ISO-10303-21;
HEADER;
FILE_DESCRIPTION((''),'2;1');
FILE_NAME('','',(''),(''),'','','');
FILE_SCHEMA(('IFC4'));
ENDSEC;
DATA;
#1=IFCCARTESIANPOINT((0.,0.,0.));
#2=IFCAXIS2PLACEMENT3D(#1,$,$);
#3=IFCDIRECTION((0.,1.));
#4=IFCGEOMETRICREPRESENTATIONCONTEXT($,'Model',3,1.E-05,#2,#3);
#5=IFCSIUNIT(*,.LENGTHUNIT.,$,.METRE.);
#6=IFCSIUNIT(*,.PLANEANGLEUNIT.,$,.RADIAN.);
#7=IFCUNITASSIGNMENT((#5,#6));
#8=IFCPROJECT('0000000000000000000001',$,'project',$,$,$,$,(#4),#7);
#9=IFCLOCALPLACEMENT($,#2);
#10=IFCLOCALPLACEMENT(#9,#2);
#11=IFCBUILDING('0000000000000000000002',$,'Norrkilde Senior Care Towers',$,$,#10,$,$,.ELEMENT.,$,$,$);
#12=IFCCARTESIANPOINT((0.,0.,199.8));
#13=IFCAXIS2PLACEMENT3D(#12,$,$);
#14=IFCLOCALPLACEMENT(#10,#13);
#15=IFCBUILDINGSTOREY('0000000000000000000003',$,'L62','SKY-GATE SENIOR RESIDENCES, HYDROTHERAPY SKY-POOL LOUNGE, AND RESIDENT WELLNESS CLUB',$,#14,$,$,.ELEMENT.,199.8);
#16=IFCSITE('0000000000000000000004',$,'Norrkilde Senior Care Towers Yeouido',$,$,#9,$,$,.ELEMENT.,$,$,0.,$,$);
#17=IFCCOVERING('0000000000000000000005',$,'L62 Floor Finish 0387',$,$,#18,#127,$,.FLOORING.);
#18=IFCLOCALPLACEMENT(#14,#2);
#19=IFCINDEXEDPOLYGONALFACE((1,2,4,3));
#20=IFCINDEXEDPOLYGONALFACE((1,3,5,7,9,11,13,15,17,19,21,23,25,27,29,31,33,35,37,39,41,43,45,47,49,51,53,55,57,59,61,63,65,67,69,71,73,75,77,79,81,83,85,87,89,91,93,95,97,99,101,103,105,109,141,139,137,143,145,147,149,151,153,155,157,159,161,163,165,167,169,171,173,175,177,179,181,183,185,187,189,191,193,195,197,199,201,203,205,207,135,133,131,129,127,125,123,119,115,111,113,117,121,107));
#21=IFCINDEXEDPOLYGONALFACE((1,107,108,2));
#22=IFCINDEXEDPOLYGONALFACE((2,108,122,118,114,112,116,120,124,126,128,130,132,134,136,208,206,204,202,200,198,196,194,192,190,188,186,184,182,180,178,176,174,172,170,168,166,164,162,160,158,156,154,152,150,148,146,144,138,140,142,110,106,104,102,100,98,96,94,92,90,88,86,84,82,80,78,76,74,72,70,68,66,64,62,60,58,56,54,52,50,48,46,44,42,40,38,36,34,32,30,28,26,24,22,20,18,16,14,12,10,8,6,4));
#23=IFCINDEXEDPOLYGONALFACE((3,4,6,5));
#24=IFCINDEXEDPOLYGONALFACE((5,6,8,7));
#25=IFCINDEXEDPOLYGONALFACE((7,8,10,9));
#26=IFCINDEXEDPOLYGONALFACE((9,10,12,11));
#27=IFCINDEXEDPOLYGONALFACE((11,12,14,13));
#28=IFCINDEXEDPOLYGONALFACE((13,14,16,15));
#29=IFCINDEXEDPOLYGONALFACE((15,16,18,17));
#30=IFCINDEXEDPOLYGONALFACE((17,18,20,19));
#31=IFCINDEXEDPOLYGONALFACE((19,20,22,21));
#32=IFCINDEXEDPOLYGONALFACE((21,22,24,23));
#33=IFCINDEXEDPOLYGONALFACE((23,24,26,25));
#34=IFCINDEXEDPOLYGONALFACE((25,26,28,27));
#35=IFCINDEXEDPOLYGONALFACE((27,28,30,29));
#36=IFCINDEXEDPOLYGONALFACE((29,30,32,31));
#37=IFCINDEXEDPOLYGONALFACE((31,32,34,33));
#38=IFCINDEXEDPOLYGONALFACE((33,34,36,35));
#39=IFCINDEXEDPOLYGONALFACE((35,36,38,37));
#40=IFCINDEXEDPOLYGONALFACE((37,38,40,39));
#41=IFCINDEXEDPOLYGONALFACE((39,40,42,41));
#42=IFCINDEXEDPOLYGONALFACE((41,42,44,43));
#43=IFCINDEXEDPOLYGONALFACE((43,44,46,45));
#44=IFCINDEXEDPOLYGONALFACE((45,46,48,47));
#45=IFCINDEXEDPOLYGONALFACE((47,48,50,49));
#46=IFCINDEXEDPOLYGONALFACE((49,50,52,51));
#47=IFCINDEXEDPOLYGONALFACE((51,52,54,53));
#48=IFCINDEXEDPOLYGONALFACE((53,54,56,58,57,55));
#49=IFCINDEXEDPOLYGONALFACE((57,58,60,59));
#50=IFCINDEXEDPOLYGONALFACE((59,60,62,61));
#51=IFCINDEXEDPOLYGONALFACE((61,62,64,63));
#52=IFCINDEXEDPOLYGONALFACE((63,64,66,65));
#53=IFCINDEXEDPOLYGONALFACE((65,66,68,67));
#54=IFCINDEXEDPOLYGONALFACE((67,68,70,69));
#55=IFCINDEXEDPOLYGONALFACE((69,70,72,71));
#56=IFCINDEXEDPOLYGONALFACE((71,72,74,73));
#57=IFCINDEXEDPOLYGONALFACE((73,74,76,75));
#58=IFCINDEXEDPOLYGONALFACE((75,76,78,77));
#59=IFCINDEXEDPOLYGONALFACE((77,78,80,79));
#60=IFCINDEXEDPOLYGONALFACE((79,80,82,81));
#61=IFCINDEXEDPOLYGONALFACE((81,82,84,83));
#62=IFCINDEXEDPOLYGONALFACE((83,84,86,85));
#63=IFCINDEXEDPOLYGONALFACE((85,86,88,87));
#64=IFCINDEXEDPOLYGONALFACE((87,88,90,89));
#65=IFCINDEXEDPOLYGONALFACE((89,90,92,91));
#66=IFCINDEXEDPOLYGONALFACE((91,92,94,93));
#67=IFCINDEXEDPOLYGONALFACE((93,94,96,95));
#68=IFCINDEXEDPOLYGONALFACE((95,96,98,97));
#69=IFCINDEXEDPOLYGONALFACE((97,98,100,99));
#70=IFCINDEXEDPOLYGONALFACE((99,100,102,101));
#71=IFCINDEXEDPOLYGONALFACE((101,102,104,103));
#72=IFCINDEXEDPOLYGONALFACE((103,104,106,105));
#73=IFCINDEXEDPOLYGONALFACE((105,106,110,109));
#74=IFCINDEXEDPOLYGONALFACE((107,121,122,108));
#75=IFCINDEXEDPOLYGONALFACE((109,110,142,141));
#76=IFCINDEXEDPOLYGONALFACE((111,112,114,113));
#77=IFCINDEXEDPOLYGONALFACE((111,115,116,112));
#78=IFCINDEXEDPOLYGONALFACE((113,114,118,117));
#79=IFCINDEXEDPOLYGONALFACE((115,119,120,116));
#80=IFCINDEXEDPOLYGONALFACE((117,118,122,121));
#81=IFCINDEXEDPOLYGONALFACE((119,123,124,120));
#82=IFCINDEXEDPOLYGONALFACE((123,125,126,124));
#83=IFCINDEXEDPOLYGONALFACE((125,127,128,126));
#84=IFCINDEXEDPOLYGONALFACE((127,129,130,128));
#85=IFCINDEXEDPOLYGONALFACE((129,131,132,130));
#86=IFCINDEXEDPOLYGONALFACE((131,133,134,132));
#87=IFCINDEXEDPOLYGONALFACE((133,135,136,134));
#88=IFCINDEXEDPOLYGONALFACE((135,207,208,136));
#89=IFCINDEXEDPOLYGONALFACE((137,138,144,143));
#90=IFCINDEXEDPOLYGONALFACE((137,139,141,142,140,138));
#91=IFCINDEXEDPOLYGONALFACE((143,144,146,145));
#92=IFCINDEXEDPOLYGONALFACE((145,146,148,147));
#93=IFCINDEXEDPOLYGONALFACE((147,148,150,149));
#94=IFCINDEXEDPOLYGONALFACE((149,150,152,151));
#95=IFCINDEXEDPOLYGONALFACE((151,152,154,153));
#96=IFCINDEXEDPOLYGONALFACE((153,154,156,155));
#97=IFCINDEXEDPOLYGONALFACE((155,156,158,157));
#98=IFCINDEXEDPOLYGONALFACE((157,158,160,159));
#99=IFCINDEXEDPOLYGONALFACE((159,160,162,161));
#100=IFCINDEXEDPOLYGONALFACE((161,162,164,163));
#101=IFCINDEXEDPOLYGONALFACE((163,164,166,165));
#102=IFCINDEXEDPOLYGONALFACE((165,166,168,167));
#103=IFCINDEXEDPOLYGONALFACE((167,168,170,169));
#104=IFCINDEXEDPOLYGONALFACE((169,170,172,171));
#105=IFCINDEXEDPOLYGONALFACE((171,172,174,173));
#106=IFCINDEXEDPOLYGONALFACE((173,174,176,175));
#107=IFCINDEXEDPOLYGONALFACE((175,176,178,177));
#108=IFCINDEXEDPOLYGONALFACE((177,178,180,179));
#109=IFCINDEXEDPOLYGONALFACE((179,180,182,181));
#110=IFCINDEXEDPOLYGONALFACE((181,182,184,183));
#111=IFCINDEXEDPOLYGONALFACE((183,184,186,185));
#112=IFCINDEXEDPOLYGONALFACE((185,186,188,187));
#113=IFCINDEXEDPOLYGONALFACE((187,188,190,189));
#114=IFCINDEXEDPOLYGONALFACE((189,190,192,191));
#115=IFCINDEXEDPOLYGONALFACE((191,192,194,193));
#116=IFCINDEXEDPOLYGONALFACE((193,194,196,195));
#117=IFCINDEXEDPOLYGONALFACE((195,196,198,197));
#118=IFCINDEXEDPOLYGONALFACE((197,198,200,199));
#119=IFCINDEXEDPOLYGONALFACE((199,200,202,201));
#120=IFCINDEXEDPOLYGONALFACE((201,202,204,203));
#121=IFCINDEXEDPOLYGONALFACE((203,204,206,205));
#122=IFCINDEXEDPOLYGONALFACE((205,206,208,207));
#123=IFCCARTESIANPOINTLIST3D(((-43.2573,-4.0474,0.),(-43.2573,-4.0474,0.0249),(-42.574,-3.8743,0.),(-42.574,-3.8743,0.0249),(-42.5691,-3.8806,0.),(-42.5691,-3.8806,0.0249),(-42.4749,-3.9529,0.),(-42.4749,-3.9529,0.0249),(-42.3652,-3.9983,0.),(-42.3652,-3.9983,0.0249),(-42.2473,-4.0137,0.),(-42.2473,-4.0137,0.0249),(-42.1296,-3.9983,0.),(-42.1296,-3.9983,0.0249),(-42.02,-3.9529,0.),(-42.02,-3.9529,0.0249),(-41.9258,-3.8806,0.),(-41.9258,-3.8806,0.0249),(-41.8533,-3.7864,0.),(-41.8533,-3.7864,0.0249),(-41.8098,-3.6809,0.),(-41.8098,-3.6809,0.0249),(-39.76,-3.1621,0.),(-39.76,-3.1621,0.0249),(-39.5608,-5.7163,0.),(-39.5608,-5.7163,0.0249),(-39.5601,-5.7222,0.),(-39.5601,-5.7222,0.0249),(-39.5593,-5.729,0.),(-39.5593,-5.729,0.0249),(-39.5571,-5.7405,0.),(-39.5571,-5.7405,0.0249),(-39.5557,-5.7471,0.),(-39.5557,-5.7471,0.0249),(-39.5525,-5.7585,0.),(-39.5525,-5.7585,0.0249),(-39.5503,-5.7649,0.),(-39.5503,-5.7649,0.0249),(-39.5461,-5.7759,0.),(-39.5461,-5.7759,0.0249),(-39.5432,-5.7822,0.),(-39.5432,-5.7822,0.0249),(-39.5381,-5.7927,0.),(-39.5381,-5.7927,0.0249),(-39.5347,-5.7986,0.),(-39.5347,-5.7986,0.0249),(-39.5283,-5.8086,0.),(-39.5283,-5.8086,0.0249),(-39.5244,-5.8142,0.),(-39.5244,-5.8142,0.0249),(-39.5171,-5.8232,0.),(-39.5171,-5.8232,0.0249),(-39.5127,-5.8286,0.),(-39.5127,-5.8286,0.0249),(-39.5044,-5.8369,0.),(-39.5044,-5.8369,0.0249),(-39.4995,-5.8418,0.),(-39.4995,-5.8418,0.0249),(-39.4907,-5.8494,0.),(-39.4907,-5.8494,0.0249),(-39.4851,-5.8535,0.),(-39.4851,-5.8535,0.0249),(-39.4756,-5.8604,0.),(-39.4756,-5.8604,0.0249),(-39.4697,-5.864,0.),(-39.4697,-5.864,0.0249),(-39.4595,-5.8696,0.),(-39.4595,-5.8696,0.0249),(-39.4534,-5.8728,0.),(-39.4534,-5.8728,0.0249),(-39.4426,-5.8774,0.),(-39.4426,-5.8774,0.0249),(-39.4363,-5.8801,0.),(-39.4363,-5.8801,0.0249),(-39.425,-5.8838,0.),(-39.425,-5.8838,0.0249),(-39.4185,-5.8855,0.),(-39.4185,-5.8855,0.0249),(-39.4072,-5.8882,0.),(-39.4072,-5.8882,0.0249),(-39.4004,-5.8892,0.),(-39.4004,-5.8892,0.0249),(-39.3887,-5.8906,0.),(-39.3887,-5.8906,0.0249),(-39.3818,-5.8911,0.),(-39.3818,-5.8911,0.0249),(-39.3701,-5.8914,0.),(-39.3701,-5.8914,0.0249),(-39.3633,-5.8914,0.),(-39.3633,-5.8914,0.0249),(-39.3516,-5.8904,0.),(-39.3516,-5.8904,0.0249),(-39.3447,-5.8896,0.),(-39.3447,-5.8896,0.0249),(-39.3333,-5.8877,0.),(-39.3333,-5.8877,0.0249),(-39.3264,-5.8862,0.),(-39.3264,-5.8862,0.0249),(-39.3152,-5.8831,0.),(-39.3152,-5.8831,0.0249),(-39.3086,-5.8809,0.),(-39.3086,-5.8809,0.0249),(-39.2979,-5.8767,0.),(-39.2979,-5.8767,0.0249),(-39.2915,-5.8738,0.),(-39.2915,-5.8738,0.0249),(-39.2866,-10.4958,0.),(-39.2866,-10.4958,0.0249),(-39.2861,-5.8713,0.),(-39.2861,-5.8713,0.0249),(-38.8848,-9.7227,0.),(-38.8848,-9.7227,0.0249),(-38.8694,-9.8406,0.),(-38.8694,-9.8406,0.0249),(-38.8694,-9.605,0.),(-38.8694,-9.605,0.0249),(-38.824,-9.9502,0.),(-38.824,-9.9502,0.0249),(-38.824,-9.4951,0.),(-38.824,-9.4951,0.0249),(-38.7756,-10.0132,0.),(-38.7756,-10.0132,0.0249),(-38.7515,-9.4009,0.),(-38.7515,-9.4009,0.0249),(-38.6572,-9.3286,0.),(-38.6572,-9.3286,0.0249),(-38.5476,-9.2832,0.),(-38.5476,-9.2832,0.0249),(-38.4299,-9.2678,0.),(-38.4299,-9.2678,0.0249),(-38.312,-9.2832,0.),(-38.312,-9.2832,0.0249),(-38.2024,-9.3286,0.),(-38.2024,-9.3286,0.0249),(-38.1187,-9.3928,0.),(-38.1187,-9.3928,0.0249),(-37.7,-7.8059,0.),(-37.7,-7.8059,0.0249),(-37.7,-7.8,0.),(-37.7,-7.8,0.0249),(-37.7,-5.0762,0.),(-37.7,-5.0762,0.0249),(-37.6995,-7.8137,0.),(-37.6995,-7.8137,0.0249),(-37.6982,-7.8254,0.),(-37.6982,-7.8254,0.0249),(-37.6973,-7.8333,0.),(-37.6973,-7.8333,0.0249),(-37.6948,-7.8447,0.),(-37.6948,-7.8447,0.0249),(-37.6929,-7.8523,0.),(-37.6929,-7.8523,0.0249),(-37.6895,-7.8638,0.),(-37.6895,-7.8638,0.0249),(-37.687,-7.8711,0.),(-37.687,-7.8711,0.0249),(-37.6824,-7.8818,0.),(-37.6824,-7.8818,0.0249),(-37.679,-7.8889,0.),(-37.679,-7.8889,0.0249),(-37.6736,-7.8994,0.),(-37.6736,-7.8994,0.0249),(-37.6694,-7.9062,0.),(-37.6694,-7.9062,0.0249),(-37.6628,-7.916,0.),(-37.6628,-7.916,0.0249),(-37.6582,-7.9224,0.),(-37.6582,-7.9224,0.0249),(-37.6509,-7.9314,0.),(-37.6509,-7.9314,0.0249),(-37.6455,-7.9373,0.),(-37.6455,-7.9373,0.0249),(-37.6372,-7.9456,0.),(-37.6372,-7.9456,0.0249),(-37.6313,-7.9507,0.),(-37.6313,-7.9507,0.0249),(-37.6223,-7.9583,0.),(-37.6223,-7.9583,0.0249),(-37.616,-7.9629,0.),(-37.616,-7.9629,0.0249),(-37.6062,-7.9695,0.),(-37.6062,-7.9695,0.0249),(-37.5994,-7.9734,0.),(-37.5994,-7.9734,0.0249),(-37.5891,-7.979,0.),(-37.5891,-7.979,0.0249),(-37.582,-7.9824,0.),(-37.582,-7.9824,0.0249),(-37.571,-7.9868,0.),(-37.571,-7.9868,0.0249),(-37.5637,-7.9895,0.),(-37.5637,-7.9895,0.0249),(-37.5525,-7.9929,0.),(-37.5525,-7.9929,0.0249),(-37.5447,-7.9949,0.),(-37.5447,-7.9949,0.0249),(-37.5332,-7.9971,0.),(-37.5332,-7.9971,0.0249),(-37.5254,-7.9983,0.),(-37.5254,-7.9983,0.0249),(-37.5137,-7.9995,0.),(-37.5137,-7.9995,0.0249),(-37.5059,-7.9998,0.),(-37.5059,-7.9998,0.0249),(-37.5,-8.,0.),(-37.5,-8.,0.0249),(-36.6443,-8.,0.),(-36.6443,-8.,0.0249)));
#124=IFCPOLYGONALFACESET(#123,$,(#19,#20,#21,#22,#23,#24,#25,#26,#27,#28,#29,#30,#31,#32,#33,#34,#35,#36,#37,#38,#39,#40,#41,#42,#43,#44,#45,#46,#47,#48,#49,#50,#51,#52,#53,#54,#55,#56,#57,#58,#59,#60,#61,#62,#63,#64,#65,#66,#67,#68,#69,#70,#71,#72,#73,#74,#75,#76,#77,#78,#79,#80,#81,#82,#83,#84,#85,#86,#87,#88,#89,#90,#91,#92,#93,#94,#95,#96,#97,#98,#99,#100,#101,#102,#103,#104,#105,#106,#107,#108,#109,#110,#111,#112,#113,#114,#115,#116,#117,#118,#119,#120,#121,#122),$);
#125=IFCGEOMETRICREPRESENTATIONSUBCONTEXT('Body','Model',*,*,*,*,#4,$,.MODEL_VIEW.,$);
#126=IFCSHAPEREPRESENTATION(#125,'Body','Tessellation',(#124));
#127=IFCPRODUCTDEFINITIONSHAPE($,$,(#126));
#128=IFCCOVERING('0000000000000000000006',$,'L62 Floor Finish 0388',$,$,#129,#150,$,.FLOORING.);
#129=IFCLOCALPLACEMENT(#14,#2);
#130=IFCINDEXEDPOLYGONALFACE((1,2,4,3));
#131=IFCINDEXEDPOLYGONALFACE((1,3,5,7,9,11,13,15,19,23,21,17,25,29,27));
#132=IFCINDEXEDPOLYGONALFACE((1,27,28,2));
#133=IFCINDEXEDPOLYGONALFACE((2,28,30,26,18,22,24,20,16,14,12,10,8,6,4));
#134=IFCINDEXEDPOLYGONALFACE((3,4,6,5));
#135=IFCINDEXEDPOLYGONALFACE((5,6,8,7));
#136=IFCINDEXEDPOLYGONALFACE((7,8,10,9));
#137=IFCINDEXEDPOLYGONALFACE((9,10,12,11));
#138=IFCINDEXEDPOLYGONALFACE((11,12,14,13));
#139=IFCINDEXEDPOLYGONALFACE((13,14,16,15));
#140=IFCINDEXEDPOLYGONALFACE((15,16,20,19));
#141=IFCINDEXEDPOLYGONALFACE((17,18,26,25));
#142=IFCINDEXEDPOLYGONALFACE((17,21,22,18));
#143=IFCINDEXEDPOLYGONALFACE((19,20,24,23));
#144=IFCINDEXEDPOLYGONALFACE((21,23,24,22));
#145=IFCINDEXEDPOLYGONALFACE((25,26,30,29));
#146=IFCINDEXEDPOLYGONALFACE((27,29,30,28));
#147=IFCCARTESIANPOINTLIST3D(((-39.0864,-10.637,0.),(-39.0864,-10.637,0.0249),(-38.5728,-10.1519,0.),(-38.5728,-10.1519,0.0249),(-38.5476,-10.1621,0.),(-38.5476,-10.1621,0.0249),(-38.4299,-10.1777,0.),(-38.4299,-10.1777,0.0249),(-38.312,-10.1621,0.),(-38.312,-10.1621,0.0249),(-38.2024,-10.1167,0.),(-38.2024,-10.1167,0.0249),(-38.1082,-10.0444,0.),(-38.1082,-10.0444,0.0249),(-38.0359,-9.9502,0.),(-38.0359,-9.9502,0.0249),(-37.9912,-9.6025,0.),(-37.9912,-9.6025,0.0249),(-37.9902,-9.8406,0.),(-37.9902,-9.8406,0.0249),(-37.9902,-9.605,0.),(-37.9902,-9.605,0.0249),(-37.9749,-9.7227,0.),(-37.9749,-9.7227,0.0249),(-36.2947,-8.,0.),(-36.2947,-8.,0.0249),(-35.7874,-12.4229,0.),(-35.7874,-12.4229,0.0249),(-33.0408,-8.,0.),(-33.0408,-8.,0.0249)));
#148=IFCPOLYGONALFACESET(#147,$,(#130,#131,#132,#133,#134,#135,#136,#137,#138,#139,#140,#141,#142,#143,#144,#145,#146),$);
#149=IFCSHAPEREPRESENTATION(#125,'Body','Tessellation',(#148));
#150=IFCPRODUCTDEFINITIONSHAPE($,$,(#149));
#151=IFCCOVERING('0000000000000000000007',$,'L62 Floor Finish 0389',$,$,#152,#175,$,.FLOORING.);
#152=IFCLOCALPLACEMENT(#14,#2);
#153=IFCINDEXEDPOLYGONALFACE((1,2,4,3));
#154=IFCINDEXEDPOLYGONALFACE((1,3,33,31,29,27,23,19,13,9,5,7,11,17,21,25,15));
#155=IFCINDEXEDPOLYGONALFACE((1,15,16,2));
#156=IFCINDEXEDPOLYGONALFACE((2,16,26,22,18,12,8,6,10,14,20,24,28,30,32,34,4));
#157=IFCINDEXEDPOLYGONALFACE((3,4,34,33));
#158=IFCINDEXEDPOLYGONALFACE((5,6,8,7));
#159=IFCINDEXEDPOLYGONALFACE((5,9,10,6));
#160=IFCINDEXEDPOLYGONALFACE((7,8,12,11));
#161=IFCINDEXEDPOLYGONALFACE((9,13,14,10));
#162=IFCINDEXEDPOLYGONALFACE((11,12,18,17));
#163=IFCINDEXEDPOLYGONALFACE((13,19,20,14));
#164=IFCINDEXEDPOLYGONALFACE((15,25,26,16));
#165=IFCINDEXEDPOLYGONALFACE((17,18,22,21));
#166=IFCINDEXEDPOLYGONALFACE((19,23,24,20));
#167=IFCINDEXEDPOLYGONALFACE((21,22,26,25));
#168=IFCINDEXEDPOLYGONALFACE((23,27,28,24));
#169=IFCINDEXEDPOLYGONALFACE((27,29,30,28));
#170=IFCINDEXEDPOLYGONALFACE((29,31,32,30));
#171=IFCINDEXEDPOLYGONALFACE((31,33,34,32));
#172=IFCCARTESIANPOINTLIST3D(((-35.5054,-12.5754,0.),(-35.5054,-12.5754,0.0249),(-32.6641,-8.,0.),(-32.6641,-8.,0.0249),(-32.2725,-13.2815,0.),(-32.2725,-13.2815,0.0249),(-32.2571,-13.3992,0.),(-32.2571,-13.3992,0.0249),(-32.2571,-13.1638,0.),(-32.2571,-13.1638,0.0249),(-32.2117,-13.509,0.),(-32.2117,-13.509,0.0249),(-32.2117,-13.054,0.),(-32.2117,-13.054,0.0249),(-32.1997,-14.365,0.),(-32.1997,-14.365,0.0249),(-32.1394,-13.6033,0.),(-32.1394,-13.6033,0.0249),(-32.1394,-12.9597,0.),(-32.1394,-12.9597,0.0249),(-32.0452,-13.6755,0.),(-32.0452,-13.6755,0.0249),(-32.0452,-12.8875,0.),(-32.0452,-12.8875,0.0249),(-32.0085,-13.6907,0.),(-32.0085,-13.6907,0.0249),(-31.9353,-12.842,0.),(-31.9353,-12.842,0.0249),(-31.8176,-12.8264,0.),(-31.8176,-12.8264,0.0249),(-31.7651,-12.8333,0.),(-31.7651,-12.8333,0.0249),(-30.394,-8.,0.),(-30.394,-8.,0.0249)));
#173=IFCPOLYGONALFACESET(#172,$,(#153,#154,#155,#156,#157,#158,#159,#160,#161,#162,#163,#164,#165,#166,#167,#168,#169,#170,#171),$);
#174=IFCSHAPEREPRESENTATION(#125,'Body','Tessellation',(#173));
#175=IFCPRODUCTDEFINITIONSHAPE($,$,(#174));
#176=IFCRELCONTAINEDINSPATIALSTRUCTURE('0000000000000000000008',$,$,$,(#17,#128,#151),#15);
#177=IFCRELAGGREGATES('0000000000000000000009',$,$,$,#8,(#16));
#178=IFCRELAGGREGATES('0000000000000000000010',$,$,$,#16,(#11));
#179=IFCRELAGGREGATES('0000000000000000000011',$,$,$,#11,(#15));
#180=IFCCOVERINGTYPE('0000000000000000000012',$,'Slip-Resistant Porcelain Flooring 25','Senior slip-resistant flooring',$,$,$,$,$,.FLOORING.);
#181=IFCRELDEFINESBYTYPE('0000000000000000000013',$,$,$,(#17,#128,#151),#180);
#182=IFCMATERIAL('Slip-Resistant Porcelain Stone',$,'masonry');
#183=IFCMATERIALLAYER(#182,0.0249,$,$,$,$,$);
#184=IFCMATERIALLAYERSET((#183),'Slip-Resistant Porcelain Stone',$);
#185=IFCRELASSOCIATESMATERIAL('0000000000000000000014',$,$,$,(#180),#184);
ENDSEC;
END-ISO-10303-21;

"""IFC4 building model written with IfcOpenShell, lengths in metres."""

from ifc_helpers import new_model, si_unit, direction, frame, origin, place, context, subcontext, project, spatial, polyline, outline, extrude, material, layer, layer_set, type_object, element, save


model = new_model("IFC4")

# Units and contexts
model_context = context("Model", 3, precision=1e-05, world=origin(), true_north=direction((0.0, 1.0)))
body_context = subcontext(model_context, "Body", "Model", "MODEL_VIEW")
ifc_project = project(units=[si_unit("LENGTHUNIT", "METRE"), si_unit("PLANEANGLEUNIT", "RADIAN")], contexts=[model_context])

# Site, building, storey
site_placement = place(None, origin())
site = spatial("IfcSite", under=ifc_project, at=site_placement, Name="Norrkilde Senior Care Towers Yeouido", CompositionType="ELEMENT", RefElevation=0.0)
building_placement = place(site_placement, origin())
building = spatial("IfcBuilding", under=site, at=building_placement, Name="Norrkilde Senior Care Towers", CompositionType="ELEMENT")
storey_placement = place(building_placement, frame((0.0, 0.0, 199.8)))
storey = spatial("IfcBuildingStorey", under=building, at=storey_placement, Name="L62", Description="SKY-GATE SENIOR RESIDENCES, HYDROTHERAPY SKY-POOL LOUNGE, AND RESIDENT WELLNESS CLUB", CompositionType="ELEMENT", Elevation=199.8)

# Coverings
ifc_material_1 = material(Name="Slip-Resistant Porcelain Stone", Category="masonry")
ifc_layer_1 = layer(ifc_material_1, 0.0249)
ifc_layer_set_1 = layer_set([ifc_layer_1], Name="Slip-Resistant Porcelain Stone")
covering_type_1 = type_object("IfcCoveringType", Name="Slip-Resistant Porcelain Flooring 25", Description="Senior slip-resistant flooring", PredefinedType="FLOORING", material=ifc_layer_set_1)
covering_1_placement = place(storey_placement, origin())
element("IfcCovering", 1, at=covering_1_placement, inside=storey, type_object=covering_type_1, Name="L62 Floor Finish 0387", PredefinedType="FLOORING", context=body_context, shape_type="SweptSolid", body=[
    extrude(outline(polyline([(-39.5557, -5.7471), (-39.5525, -5.7585), (-39.5503, -5.7649), (-39.5461, -5.7759), (-39.5432, -5.7822), (-39.5381, -5.7927), (-39.5347, -5.7986), (-39.5283, -5.8086), (-39.5244, -5.8142), (-39.5171, -5.8232), (-39.5127, -5.8286), (-39.5044, -5.8369), (-39.4995, -5.8418), (-39.4907, -5.8494), (-39.4851, -5.8535), (-39.4756, -5.8604), (-39.4697, -5.864), (-39.4595, -5.8696), (-39.4534, -5.8728), (-39.4426, -5.8774), (-39.4363, -5.8801), (-39.425, -5.8838), (-39.4185, -5.8855), (-39.4072, -5.8882), (-39.4004, -5.8892), (-39.3887, -5.8906), (-39.3818, -5.8911), (-39.3701, -5.8914), (-39.3633, -5.8914), (-39.3516, -5.8904), (-39.3447, -5.8896), (-39.3333, -5.8877), (-39.3264, -5.8862), (-39.3152, -5.8831), (-39.3086, -5.8809), (-39.2979, -5.8767), (-39.2915, -5.8738), (-39.2861, -5.8713), (-37.7, -5.0762), (-37.7, -7.8), (-37.7, -7.8059), (-37.6995, -7.8137), (-37.6982, -7.8254), (-37.6973, -7.8333), (-37.6948, -7.8447), (-37.6929, -7.8523), (-37.6895, -7.8638), (-37.687, -7.8711), (-37.6824, -7.8818), (-37.679, -7.8889), (-37.6736, -7.8994), (-37.6694, -7.9062), (-37.6628, -7.916), (-37.6582, -7.9224), (-37.6509, -7.9314), (-37.6455, -7.9373), (-37.6372, -7.9456), (-37.6313, -7.9507), (-37.6223, -7.9583), (-37.616, -7.9629), (-37.6062, -7.9695), (-37.5994, -7.9734), (-37.5891, -7.979), (-37.582, -7.9824), (-37.571, -7.9868), (-37.5637, -7.9895), (-37.5525, -7.9929), (-37.5447, -7.9949), (-37.5332, -7.9971), (-37.5254, -7.9983), (-37.5137, -7.9995), (-37.5059, -7.9998), (-37.5, -8.0), (-36.6443, -8.0), (-38.1187, -9.3928), (-38.2024, -9.3286), (-38.312, -9.2832), (-38.4299, -9.2678), (-38.5476, -9.2832), (-38.6572, -9.3286), (-38.7515, -9.4009), (-38.824, -9.4951), (-38.8694, -9.605), (-38.8848, -9.7227), (-38.8694, -9.8406), (-38.824, -9.9502), (-38.7756, -10.0132), (-39.2866, -10.4958), (-43.2573, -4.0474), (-42.574, -3.8743), (-42.5691, -3.8806), (-42.4749, -3.9529), (-42.3652, -3.9983), (-42.2473, -4.0137), (-42.1296, -3.9983), (-42.02, -3.9529), (-41.9258, -3.8806), (-41.8533, -3.7864), (-41.8098, -3.6809), (-39.76, -3.1621), (-39.5608, -5.7163), (-39.5601, -5.7222), (-39.5593, -5.729), (-39.5571, -5.7405), (-39.5557, -5.7471)])), origin(), (0.0, 0.0, 1.0), 0.0249),
])
covering_2_placement = place(storey_placement, origin())
element("IfcCovering", 2, at=covering_2_placement, inside=storey, type_object=covering_type_1, Name="L62 Floor Finish 0388", PredefinedType="FLOORING", context=body_context, shape_type="SweptSolid", body=[
    extrude(outline(polyline([(-38.5728, -10.1519), (-38.5476, -10.1621), (-38.4299, -10.1777), (-38.312, -10.1621), (-38.2024, -10.1167), (-38.1082, -10.0444), (-38.0359, -9.9502), (-37.9902, -9.8406), (-37.9749, -9.7227), (-37.9902, -9.605), (-37.9912, -9.6025), (-36.2947, -8.0), (-33.0408, -8.0), (-35.7874, -12.4229), (-39.0864, -10.637), (-38.5728, -10.1519)])), origin(), (0.0, 0.0, 1.0), 0.0249),
])
covering_3_placement = place(storey_placement, origin())
element("IfcCovering", 3, at=covering_3_placement, inside=storey, type_object=covering_type_1, Name="L62 Floor Finish 0389", PredefinedType="FLOORING", context=body_context, shape_type="SweptSolid", body=[
    extrude(outline(polyline([(-31.7651, -12.8333), (-31.8176, -12.8264), (-31.9353, -12.842), (-32.0452, -12.8875), (-32.1394, -12.9597), (-32.2117, -13.054), (-32.2571, -13.1638), (-32.2725, -13.2815), (-32.2571, -13.3992), (-32.2117, -13.509), (-32.1394, -13.6033), (-32.0452, -13.6755), (-32.0085, -13.6907), (-32.1997, -14.365), (-35.5054, -12.5754), (-32.6641, -8.0), (-30.394, -8.0), (-31.7651, -12.8333)])), origin(), (0.0, 0.0, 1.0), 0.0249),
])

save(model, "model.ifc")
